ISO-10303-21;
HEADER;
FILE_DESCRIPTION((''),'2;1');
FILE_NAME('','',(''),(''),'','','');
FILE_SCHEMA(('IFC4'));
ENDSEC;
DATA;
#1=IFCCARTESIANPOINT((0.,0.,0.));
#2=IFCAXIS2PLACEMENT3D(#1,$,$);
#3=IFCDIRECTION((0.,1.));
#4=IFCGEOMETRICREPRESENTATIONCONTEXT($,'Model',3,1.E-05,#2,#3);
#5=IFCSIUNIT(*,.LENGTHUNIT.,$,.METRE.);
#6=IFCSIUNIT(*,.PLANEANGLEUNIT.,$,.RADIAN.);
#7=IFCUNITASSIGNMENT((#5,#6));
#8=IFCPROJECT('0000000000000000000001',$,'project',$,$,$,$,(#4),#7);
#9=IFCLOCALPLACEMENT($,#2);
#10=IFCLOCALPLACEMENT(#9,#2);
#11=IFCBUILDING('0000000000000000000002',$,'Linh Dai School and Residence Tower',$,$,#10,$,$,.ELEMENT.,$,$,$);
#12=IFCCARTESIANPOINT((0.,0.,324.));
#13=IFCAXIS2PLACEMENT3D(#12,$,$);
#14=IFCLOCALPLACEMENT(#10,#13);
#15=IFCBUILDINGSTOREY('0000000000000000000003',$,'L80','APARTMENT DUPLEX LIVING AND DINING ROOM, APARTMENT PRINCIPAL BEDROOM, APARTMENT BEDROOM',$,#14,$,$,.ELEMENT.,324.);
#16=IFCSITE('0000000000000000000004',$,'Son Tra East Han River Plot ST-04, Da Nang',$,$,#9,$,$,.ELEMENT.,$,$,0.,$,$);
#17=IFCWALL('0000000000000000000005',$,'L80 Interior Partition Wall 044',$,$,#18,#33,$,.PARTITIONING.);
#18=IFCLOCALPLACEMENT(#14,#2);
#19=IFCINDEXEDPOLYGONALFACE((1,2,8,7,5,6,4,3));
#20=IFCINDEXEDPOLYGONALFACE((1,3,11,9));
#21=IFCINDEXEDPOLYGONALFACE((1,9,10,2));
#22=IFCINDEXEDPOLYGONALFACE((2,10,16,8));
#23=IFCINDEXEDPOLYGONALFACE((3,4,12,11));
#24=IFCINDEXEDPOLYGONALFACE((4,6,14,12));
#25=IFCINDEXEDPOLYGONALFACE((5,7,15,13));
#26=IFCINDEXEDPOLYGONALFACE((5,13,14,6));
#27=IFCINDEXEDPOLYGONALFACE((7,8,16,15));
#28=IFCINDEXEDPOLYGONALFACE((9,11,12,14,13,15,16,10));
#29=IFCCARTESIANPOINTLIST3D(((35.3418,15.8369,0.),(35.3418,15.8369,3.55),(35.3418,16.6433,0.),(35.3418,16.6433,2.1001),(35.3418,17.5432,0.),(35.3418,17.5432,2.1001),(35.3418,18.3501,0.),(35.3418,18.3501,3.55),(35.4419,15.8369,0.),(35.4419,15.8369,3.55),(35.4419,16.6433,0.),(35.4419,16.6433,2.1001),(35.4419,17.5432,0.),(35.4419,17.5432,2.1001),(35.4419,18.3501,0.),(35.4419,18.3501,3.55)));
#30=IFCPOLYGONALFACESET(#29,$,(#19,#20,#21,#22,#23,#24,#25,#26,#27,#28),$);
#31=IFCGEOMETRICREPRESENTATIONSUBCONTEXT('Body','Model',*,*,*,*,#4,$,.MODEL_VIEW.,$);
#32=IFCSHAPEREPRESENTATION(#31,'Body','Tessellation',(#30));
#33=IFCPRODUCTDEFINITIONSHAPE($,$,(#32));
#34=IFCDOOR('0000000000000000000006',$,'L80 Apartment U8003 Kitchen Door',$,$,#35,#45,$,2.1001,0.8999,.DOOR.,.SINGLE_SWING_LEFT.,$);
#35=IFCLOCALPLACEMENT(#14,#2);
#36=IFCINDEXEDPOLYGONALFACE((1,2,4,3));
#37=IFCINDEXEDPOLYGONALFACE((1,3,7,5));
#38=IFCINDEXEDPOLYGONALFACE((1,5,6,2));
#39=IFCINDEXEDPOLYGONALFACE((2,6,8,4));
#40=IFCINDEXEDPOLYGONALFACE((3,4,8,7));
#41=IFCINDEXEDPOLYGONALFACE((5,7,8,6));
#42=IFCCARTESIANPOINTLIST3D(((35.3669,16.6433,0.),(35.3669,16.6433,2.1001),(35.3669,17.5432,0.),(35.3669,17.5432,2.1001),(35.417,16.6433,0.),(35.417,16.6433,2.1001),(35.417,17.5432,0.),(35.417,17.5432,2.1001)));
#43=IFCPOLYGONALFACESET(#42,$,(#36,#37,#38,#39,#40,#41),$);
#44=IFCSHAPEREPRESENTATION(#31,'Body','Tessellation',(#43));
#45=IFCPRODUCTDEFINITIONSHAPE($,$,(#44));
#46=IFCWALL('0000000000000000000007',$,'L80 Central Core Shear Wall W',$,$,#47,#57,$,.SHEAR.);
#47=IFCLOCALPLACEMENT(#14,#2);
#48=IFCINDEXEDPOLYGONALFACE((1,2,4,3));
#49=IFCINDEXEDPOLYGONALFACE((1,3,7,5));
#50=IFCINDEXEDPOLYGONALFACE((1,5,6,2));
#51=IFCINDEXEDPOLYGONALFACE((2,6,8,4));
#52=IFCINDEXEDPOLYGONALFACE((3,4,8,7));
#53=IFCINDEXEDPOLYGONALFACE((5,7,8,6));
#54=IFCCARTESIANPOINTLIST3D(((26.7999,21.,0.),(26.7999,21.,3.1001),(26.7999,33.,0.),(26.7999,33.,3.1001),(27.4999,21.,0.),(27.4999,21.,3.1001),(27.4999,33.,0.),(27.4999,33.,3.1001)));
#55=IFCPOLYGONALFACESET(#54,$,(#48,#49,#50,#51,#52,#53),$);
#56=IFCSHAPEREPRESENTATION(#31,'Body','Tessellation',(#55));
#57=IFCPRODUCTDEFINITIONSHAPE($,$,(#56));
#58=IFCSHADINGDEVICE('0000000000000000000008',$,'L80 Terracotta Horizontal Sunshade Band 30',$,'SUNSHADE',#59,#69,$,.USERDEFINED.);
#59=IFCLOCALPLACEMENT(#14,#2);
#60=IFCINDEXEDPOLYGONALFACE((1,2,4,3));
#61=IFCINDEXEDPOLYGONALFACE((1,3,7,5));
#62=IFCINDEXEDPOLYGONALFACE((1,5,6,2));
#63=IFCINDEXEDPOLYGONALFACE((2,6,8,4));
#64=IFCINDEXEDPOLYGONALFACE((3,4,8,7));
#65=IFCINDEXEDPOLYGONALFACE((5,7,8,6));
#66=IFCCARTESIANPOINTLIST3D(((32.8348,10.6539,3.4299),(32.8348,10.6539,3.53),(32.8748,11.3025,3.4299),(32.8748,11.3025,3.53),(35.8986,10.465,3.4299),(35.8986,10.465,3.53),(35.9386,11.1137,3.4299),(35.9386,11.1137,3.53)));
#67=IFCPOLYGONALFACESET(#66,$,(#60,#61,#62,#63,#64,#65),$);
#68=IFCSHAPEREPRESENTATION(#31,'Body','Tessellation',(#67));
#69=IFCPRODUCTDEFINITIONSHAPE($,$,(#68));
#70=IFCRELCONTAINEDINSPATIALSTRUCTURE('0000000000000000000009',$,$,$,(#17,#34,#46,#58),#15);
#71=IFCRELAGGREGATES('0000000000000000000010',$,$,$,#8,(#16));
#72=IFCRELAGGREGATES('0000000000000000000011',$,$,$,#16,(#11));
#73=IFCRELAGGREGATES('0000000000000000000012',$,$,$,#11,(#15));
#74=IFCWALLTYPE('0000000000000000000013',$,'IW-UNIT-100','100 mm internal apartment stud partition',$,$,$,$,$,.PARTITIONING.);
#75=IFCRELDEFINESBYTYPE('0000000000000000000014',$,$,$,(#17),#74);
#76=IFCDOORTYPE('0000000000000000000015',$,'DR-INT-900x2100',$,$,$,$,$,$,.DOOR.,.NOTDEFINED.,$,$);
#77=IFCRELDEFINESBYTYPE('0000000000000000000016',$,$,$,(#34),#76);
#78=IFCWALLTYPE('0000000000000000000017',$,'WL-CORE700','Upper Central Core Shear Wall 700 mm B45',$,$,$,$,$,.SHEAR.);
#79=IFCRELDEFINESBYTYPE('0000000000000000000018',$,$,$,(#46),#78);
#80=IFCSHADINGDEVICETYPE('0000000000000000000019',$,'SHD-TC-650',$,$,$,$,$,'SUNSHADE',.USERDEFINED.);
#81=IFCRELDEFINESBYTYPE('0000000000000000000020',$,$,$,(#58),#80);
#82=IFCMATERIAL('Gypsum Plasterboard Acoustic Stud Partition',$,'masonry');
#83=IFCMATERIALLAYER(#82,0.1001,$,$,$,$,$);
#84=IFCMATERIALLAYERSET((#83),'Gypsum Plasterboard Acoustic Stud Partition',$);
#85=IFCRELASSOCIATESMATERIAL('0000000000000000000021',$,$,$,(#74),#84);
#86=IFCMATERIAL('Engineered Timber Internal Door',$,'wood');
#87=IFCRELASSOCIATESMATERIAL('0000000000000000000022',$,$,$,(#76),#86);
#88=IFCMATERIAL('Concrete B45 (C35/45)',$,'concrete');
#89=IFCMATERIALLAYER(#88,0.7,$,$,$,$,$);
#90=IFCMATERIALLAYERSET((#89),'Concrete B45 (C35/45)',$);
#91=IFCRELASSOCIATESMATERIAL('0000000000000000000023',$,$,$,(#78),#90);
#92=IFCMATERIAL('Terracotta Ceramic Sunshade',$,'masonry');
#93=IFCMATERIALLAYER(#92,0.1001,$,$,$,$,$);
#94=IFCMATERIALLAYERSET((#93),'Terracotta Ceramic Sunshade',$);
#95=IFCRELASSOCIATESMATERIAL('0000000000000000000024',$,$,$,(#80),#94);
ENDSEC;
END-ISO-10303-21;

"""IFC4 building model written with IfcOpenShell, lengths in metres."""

from ifc_helpers import new_model, si_unit, direction, frame, frame_2d, origin, origin_2d, place, context, subcontext, project, spatial, rectangle, extrude, source, transform, mapped, material, layer, layer_set, type_object, element, fill, save


model = new_model("IFC4")

# Units and contexts
model_context = context("Model", 3, precision=1e-05, world=origin(), true_north=direction((0.0, 1.0)))
body_context = subcontext(model_context, "Body", "Model", "MODEL_VIEW")
ifc_project = project(units=[si_unit("LENGTHUNIT", "METRE"), si_unit("PLANEANGLEUNIT", "RADIAN")], contexts=[model_context])

# Site, building, storey
site_placement = place(None, origin())
site = spatial("IfcSite", under=ifc_project, at=site_placement, Name="Son Tra East Han River Plot ST-04, Da Nang", CompositionType="ELEMENT", RefElevation=0.0)
building_placement = place(site_placement, origin())
building = spatial("IfcBuilding", under=site, at=building_placement, Name="Linh Dai School and Residence Tower", CompositionType="ELEMENT")
storey_placement = place(building_placement, frame((0.0, 0.0, 324.0)))
storey = spatial("IfcBuildingStorey", under=building, at=storey_placement, Name="L80", Description="APARTMENT DUPLEX LIVING AND DINING ROOM, APARTMENT PRINCIPAL BEDROOM, APARTMENT BEDROOM", CompositionType="ELEMENT", Elevation=324.0)

# Shared definitions
ifc_material_1 = material(Name="Concrete B45 (C35/45)", Category="concrete")

# Shared definitions
ifc_material_2 = material(Name="Gypsum Plasterboard Acoustic Stud Partition", Category="masonry")
ifc_layer_1 = layer(ifc_material_2, 0.1001)
ifc_layer_set_1 = layer_set([ifc_layer_1], Name="Gypsum Plasterboard Acoustic Stud Partition")
wall_type_1 = type_object("IfcWallType", Name="IW-UNIT-100", Description="100 mm internal apartment stud partition", PredefinedType="PARTITIONING", material=ifc_layer_set_1)

# Wall, opening, door
wall_1_placement = place(storey_placement, frame((35.3918, 15.8369, 0.0), z_axis=(0.0, 0.0, 1.0), x_axis=(0.0, 1.0, 0.0)))
wall_1 = element("IfcWall", 1, at=wall_1_placement, inside=storey, type_object=wall_type_1, Name="L80 Interior Partition Wall 044", PredefinedType="PARTITIONING", context=body_context, shape_type="SweptSolid", body=[
    extrude(rectangle(XDim=2.5132, YDim=0.1001, at=frame_2d((1.2566, 0.0))), origin(), (0.0, 0.0, 1.0), 3.55),
])
opening_1_placement = place(wall_1_placement, frame((0.8064, 0.0, 0.0)))
opening_1 = element("IfcOpeningElement", 2, at=opening_1_placement, cuts=wall_1, PredefinedType="OPENING", context=body_context, shape_type="SweptSolid", body=[
    extrude(rectangle(XDim=0.8999, YDim=2.1001, at=origin_2d()), frame((0.45, 0.0601, 1.05), z_axis=(0.0, -1.0, 0.0), x_axis=(1.0, 0.0, 0.0)), (0.0, 0.0, 1.0), 0.1201),
])
ifc_material_3 = material(Name="Engineered Timber Internal Door", Category="wood")
door_type_1 = type_object("IfcDoorType", Name="DR-INT-900x2100", OperationType="NOTDEFINED", PredefinedType="DOOR", material=ifc_material_3)
shared_shape_1 = source(origin(), body_context, "Body", "SweptSolid", [
    extrude(rectangle(XDim=0.8999, YDim=2.1001, at=origin_2d()), frame((0.45, 0.0249, 1.05), z_axis=(0.0, -1.0, 0.0), x_axis=(1.0, 0.0, 0.0)), (0.0, 0.0, 1.0), 0.05),
])
door_1_placement = place(opening_1_placement, origin())
door_1 = element("IfcDoor", 3, at=door_1_placement, inside=storey, type_object=door_type_1, Name="L80 Apartment U8003 Kitchen Door", OperationType="SINGLE_SWING_LEFT", OverallHeight=2.1001, OverallWidth=0.8999, PredefinedType="DOOR", context=body_context, shape_type="MappedRepresentation", body=[
    mapped(shared_shape_1, transform((0.0, 0.0, 0.0), x_axis=(1.0, 0.0, 0.0), y_axis=(0.0, 1.0, 0.0), z_axis=(0.0, 0.0, 1.0), scale=1.0)),
])
fill(opening_1, door_1)

# Wall
ifc_layer_2 = layer(ifc_material_1, 0.7)
ifc_layer_set_2 = layer_set([ifc_layer_2], Name="Concrete B45 (C35/45)")
wall_type_2 = type_object("IfcWallType", Name="WL-CORE700", Description="Upper Central Core Shear Wall 700 mm B45", PredefinedType="SHEAR", material=ifc_layer_set_2)
wall_2_placement = place(storey_placement, frame((27.1499, 21.0, 0.0), z_axis=(0.0, 0.0, 1.0), x_axis=(0.0, 1.0, 0.0)))
element("IfcWall", 4, at=wall_2_placement, inside=storey, type_object=wall_type_2, Name="L80 Central Core Shear Wall W", PredefinedType="SHEAR", context=body_context, shape_type="SweptSolid", body=[
    extrude(rectangle(XDim=12.0, YDim=0.7, at=frame_2d((6.0, 0.0))), origin(), (0.0, 0.0, 1.0), 3.1001),
])

# Shading device
ifc_material_4 = material(Name="Terracotta Ceramic Sunshade", Category="masonry")
ifc_layer_3 = layer(ifc_material_4, 0.1001)
ifc_layer_set_3 = layer_set([ifc_layer_3], Name="Terracotta Ceramic Sunshade")
shading_device_type = type_object("IfcShadingDeviceType", Name="SHD-TC-650", ElementType="SUNSHADE", PredefinedType="USERDEFINED", material=ifc_layer_set_3)
shared_shape_2 = source(origin(), body_context, "Body", "SweptSolid", [
    extrude(rectangle(XDim=3.0696, YDim=0.6499, at=origin_2d()), origin(), (0.0, 0.0, 1.0), 0.1001),
])
shading_device_placement = place(storey_placement, frame((34.3867, 10.8838, 3.4299), z_axis=(0.0, 0.0, 1.0), x_axis=(-0.998106, 0.061518, 0.0)))
element("IfcShadingDevice", 5, at=shading_device_placement, inside=storey, type_object=shading_device_type, Name="L80 Terracotta Horizontal Sunshade Band 30", ObjectType="SUNSHADE", PredefinedType="USERDEFINED", context=body_context, shape_type="MappedRepresentation", body=[
    mapped(shared_shape_2, transform((0.0, 0.0, 0.0), x_axis=(1.0, 0.0, 0.0), y_axis=(0.0, 1.0, 0.0), z_axis=(0.0, 0.0, 1.0), scale=1.0)),
])

save(model, "model.ifc")
